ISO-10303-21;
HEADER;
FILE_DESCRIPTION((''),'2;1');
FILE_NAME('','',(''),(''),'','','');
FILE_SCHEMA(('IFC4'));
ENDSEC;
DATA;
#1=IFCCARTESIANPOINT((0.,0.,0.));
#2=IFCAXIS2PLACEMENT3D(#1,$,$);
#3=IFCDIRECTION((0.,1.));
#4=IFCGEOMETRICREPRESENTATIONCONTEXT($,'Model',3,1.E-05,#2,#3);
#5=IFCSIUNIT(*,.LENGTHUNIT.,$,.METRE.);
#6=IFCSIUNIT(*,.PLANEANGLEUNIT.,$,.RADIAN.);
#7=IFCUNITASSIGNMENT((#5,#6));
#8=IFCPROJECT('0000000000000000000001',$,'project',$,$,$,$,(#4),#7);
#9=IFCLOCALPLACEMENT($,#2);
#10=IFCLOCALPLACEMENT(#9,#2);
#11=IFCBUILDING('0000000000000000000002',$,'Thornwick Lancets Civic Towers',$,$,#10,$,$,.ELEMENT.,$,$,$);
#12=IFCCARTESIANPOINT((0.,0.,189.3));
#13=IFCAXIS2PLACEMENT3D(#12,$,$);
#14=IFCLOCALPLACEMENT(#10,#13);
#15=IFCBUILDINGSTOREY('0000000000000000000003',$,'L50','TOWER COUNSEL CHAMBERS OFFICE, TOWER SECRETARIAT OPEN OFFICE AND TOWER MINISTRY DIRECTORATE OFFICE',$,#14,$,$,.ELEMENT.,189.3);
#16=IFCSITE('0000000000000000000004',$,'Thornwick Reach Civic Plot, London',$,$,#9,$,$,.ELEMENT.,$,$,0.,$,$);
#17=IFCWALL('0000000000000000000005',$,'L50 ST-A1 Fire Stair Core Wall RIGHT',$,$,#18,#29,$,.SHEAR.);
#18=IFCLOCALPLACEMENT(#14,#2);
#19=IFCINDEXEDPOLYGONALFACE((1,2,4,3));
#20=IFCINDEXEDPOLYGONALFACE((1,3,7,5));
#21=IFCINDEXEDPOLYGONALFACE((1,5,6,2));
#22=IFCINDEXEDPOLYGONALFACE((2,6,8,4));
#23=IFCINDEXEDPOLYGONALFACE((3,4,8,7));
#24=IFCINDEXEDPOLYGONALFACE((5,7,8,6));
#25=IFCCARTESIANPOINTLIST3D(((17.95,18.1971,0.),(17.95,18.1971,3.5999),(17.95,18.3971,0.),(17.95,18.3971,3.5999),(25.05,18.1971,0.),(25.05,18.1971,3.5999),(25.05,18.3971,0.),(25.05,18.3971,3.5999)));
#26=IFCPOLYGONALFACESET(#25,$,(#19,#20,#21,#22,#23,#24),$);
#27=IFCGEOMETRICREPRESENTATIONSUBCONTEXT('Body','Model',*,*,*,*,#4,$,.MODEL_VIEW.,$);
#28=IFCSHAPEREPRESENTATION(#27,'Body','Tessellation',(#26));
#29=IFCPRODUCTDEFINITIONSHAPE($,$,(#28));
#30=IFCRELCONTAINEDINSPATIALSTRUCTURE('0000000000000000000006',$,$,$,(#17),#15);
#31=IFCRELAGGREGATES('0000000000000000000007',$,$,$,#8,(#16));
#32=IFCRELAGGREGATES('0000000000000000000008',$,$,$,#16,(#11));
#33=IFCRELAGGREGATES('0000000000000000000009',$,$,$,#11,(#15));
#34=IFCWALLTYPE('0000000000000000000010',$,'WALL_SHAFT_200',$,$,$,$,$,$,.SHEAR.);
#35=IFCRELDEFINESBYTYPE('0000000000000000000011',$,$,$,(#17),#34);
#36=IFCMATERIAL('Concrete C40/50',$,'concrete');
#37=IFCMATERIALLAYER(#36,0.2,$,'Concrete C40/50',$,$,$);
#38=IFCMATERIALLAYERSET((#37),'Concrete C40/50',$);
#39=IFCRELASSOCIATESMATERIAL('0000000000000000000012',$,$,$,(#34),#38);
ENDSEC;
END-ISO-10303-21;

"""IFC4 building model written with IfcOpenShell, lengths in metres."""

from ifc_helpers import new_model, si_unit, direction, frame, frame_2d, origin, place, context, subcontext, project, spatial, rectangle, extrude, material, layer, layer_set, type_object, element, save


model = new_model("IFC4")

# Units and contexts
model_context = context("Model", 3, precision=1e-05, world=origin(), true_north=direction((0.0, 1.0)))
body_context = subcontext(model_context, "Body", "Model", "MODEL_VIEW")
ifc_project = project(units=[si_unit("LENGTHUNIT", "METRE"), si_unit("PLANEANGLEUNIT", "RADIAN")], contexts=[model_context])

# Site, building, storey
site_placement = place(None, origin())
site = spatial("IfcSite", under=ifc_project, at=site_placement, Name="Thornwick Reach Civic Plot, London", CompositionType="ELEMENT", RefElevation=0.0)
building_placement = place(site_placement, origin())
building = spatial("IfcBuilding", under=site, at=building_placement, Name="Thornwick Lancets Civic Towers", CompositionType="ELEMENT")
storey_placement = place(building_placement, frame((0.0, 0.0, 189.3)))
storey = spatial("IfcBuildingStorey", under=building, at=storey_placement, Name="L50", Description="TOWER COUNSEL CHAMBERS OFFICE, TOWER SECRETARIAT OPEN OFFICE AND TOWER MINISTRY DIRECTORATE OFFICE", CompositionType="ELEMENT", Elevation=189.3)

# Shared definitions
ifc_material_1 = material(Name="Concrete C40/50", Category="concrete")

# Wall
ifc_layer_1 = layer(ifc_material_1, 0.2, Name="Concrete C40/50")
ifc_layer_set_1 = layer_set([ifc_layer_1], Name="Concrete C40/50")
wall_type_1 = type_object("IfcWallType", Name="WALL_SHAFT_200", PredefinedType="SHEAR", material=ifc_layer_set_1)
wall_1_placement = place(storey_placement, frame((25.05, 18.2971, 0.0), z_axis=(0.0, 0.0, 1.0), x_axis=(-1.0, 0.0, 0.0)))
element("IfcWall", 1, at=wall_1_placement, inside=storey, type_object=wall_type_1, Name="L50 ST-A1 Fire Stair Core Wall RIGHT", PredefinedType="SHEAR", context=body_context, shape_type="SweptSolid", body=[
    extrude(rectangle(XDim=7.1001, YDim=0.2, at=frame_2d((3.55, 0.0))), origin(), (0.0, 0.0, 1.0), 3.5999),
])

save(model, "model.ifc")
